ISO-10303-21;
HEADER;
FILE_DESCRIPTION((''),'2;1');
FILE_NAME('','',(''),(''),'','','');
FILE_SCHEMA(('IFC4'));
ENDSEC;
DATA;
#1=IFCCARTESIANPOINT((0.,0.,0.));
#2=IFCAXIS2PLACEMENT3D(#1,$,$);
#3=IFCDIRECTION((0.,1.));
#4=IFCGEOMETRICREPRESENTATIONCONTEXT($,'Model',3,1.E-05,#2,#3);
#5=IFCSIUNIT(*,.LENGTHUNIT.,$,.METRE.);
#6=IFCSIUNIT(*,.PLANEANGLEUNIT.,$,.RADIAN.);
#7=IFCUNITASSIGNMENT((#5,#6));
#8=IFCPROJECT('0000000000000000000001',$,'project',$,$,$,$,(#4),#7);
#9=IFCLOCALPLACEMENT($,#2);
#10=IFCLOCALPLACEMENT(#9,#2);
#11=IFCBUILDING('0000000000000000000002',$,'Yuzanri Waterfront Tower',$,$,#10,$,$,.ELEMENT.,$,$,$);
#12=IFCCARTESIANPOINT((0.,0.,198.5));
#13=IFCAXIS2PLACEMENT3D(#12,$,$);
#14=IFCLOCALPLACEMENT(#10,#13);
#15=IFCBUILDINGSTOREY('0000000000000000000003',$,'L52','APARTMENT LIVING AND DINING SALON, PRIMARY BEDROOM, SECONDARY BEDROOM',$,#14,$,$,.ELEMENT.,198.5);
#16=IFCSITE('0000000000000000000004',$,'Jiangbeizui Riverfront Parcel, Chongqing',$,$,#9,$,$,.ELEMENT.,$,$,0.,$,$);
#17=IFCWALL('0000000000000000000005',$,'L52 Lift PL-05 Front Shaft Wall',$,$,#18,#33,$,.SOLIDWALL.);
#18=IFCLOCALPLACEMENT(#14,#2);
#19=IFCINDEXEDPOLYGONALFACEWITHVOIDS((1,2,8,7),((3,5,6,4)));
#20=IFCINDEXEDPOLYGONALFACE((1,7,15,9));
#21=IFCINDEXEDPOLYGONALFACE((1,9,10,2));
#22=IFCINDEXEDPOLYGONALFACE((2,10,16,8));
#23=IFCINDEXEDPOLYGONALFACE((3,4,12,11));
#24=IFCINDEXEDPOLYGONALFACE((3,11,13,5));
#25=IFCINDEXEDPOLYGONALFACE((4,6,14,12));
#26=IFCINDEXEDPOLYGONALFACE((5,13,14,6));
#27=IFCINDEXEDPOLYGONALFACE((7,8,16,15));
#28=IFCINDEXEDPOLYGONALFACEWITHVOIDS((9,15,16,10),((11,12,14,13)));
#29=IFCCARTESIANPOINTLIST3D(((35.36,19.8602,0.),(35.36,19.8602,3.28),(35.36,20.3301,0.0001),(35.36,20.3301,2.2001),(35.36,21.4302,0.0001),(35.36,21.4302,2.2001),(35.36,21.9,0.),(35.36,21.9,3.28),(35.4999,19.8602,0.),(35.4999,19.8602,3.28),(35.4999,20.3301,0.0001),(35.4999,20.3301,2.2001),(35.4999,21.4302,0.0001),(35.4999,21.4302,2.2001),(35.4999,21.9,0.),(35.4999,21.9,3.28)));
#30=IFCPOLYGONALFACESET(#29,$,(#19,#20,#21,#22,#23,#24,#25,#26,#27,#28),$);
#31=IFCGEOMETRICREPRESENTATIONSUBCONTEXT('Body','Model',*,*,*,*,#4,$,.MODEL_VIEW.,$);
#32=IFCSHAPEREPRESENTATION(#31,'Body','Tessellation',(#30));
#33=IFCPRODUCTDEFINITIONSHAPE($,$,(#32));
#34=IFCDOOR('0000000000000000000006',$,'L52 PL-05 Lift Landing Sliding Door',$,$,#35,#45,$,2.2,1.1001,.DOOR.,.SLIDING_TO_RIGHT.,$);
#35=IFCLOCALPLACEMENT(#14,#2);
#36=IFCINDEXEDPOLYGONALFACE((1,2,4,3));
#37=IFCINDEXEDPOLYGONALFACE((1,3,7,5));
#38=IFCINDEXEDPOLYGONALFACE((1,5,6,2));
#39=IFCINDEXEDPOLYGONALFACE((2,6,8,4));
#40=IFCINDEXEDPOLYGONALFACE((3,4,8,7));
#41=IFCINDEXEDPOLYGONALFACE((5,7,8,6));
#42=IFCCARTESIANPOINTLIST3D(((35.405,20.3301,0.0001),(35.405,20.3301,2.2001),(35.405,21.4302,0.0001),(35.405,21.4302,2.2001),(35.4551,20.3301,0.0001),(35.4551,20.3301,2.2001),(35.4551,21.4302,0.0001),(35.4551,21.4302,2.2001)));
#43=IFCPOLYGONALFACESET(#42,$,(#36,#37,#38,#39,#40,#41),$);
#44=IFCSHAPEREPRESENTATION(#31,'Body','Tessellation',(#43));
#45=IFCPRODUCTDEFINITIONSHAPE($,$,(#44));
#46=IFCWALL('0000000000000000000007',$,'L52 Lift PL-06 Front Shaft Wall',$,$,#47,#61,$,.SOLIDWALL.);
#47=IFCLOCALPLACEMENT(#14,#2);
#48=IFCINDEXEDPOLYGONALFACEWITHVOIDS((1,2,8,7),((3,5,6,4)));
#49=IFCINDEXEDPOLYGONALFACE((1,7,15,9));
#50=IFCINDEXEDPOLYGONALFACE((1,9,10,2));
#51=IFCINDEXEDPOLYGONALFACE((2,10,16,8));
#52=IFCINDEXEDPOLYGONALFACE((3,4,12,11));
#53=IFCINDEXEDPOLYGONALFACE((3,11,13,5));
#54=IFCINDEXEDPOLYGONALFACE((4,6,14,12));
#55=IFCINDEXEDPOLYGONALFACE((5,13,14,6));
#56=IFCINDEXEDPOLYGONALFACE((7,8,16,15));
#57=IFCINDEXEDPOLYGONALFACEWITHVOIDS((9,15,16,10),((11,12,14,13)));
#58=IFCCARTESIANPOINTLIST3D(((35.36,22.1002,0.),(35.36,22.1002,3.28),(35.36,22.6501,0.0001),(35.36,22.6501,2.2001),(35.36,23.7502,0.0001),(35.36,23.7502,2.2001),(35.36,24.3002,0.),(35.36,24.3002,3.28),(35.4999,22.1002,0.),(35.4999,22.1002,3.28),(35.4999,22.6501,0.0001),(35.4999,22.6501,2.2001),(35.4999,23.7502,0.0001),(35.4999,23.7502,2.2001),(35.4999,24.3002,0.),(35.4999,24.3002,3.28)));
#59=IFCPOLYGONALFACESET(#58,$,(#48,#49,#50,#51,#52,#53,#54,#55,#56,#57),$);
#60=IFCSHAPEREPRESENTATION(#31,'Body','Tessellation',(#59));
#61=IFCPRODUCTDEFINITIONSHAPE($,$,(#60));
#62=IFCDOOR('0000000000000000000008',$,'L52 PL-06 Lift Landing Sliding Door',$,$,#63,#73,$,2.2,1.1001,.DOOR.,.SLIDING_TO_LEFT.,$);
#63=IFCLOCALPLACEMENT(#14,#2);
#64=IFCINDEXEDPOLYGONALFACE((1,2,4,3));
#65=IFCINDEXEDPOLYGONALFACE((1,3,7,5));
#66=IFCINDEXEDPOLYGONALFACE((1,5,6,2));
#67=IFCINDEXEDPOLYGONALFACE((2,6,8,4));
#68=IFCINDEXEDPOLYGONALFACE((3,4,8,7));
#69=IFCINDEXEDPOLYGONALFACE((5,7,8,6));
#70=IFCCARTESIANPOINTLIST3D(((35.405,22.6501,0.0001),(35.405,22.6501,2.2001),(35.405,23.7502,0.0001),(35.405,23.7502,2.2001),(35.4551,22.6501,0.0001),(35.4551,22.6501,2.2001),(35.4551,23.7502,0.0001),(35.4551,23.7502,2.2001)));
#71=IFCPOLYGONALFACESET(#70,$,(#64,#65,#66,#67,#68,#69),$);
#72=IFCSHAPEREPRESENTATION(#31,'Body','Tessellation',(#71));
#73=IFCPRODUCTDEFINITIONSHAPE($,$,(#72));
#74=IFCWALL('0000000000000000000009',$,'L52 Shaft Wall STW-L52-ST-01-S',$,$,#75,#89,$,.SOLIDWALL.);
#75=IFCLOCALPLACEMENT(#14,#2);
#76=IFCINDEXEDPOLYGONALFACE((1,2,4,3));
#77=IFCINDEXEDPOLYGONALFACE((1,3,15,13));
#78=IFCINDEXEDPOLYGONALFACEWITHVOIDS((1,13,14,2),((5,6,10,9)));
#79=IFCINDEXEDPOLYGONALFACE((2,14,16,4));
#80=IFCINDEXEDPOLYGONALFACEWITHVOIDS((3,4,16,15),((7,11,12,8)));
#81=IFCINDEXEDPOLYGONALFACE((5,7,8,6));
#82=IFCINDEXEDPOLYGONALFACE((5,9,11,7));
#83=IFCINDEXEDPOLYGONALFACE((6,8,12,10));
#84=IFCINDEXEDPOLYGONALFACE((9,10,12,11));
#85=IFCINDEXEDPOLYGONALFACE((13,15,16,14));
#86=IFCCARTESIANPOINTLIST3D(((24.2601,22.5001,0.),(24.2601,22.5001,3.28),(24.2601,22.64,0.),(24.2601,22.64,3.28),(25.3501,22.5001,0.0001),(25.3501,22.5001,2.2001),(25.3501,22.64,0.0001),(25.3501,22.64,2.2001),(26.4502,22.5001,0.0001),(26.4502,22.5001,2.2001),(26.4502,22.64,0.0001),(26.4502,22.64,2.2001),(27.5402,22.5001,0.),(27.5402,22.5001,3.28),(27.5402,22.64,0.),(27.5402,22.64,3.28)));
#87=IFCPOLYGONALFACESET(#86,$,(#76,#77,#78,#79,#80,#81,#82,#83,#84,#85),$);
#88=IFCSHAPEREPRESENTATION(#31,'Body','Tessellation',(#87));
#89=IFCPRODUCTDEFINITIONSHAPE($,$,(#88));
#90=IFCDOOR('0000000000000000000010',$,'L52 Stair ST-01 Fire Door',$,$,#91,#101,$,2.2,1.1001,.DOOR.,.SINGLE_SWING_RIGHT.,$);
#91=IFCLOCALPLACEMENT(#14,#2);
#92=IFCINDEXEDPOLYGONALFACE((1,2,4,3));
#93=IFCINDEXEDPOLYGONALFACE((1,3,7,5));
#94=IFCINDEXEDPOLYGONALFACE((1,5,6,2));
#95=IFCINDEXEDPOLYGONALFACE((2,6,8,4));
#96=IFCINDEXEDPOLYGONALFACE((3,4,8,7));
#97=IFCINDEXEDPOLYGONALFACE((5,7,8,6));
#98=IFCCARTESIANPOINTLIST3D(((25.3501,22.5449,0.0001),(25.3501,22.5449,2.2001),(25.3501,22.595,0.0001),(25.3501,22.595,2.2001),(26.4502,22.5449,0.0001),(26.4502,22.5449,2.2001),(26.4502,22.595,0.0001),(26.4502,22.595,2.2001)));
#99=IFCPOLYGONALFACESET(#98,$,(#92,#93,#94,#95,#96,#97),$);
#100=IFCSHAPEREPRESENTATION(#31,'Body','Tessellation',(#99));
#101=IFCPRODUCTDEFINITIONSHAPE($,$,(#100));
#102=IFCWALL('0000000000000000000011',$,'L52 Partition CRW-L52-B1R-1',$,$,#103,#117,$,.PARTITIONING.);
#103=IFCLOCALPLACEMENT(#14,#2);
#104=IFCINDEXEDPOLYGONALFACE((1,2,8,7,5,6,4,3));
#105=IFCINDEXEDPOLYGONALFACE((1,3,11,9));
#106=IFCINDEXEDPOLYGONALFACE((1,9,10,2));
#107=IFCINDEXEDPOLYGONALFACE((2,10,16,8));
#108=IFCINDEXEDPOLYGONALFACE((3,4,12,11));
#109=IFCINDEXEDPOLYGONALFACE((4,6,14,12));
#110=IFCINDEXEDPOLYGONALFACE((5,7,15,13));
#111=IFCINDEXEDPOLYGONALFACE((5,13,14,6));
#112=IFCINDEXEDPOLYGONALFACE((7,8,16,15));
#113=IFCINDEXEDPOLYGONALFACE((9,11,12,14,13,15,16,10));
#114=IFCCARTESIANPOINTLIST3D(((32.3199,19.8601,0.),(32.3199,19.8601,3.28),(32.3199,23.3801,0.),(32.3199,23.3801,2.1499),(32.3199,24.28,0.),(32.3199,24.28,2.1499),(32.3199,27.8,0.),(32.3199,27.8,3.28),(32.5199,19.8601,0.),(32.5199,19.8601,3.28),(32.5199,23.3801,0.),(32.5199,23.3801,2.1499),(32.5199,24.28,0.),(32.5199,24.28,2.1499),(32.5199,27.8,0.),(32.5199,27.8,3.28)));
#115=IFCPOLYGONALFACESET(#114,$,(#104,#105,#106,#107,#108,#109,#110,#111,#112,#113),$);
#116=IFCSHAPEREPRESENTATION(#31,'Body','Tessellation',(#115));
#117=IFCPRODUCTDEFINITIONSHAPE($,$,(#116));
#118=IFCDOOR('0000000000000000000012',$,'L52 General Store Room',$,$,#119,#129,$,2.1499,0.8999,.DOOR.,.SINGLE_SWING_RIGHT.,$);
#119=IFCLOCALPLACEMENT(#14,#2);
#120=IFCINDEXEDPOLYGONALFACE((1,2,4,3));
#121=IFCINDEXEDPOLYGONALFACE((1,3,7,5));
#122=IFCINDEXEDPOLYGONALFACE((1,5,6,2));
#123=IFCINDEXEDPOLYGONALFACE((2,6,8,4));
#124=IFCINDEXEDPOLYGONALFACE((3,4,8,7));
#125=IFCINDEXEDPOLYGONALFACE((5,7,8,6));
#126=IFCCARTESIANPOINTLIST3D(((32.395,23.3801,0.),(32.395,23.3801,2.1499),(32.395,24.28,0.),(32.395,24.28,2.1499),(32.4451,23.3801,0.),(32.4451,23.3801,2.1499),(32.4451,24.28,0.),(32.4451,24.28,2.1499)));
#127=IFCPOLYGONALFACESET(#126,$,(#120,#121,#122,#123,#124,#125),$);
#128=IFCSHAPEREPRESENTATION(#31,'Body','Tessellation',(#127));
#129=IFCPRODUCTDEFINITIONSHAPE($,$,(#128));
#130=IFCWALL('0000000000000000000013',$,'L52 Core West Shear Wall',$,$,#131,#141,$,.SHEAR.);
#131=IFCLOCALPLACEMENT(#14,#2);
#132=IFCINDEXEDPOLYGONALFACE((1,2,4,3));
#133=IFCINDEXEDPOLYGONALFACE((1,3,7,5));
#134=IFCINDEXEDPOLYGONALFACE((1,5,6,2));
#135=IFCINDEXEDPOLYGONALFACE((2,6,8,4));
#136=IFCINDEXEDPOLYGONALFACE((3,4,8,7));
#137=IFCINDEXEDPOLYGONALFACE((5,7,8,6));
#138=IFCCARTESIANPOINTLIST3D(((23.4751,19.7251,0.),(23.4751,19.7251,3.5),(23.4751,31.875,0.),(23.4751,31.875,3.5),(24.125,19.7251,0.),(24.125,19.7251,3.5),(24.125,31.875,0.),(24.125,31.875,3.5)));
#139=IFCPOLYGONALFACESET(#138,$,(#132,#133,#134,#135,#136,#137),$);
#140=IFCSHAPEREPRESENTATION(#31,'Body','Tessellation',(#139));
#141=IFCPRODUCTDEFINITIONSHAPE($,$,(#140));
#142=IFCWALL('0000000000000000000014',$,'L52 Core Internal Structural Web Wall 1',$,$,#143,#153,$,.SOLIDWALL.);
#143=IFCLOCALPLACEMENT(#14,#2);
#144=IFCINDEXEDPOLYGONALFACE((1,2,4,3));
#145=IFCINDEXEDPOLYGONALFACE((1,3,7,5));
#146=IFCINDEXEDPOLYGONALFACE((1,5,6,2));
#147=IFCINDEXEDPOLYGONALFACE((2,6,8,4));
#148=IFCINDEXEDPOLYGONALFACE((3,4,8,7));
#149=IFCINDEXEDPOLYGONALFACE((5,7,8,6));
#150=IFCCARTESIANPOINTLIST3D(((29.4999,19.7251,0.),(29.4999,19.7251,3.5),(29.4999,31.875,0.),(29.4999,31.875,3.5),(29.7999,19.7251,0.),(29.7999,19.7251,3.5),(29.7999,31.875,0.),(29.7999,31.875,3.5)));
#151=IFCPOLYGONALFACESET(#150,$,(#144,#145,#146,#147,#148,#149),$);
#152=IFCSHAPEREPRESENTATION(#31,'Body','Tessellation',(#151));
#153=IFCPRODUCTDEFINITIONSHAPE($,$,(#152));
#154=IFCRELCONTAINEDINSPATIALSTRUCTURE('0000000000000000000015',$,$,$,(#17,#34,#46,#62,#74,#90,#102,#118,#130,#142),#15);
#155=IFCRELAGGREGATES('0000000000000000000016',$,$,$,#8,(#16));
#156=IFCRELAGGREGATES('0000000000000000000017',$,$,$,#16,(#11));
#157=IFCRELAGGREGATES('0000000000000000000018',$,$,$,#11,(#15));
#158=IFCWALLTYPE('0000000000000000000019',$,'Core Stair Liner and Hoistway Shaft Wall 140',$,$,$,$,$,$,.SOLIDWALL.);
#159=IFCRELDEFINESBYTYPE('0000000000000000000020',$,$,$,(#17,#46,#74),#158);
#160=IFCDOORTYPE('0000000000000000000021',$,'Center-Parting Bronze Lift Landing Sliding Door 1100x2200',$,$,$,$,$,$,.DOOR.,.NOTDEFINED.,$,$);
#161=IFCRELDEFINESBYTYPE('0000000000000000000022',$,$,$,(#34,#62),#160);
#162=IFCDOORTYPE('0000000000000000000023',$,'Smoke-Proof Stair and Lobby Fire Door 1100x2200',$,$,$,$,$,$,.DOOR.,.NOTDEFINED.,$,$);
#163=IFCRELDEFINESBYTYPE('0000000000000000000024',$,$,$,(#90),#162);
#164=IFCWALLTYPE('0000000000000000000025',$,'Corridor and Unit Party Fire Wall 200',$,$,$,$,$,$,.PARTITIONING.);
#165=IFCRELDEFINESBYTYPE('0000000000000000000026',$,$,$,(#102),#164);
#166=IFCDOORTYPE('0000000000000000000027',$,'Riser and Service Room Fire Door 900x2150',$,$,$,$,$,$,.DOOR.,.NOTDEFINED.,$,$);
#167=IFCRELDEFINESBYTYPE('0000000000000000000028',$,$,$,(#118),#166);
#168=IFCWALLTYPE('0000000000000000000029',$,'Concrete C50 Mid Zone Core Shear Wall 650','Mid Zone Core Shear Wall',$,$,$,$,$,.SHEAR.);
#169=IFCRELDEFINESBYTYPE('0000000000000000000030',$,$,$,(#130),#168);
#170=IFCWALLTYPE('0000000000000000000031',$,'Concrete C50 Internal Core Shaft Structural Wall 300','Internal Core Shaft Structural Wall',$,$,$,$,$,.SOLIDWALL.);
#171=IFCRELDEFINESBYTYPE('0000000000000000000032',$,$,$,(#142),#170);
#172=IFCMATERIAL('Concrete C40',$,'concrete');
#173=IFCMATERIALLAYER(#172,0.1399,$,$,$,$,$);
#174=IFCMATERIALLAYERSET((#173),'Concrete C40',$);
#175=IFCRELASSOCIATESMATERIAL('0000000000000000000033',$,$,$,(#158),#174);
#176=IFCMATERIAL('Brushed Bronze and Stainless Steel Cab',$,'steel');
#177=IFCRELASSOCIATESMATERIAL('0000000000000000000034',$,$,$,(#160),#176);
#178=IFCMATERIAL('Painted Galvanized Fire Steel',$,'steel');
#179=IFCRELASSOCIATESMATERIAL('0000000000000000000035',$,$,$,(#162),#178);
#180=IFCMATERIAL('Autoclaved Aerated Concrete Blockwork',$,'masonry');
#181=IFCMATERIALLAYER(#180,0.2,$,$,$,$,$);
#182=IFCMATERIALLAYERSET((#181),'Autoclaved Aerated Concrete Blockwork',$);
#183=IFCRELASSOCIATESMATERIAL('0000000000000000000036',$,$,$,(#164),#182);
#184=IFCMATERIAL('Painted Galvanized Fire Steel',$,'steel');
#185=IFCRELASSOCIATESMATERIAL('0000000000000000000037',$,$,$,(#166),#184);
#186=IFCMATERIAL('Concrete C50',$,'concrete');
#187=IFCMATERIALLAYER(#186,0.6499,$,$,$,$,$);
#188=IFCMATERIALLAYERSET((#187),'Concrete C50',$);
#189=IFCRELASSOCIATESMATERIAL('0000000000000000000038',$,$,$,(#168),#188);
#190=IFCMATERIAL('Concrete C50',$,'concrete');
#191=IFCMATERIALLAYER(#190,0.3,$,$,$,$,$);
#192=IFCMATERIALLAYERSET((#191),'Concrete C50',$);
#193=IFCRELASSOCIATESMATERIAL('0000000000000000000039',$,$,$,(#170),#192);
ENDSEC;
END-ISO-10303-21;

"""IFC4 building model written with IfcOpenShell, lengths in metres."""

from ifc_helpers import new_model, si_unit, direction, frame, frame_2d, origin, place, context, subcontext, project, spatial, rectangle, extrude, source, transform, mapped, material, layer, layer_set, type_object, element, fill, save


model = new_model("IFC4")

# Units and contexts
model_context = context("Model", 3, precision=1e-05, world=origin(), true_north=direction((0.0, 1.0)))
body_context = subcontext(model_context, "Body", "Model", "MODEL_VIEW")
ifc_project = project(units=[si_unit("LENGTHUNIT", "METRE"), si_unit("PLANEANGLEUNIT", "RADIAN")], contexts=[model_context])

# Site, building, storey
site_placement = place(None, origin())
site = spatial("IfcSite", under=ifc_project, at=site_placement, Name="Jiangbeizui Riverfront Parcel, Chongqing", CompositionType="ELEMENT", RefElevation=0.0)
building_placement = place(site_placement, origin())
building = spatial("IfcBuilding", under=site, at=building_placement, Name="Yuzanri Waterfront Tower", CompositionType="ELEMENT")
storey_placement = place(building_placement, frame((0.0, 0.0, 198.5)))
storey = spatial("IfcBuildingStorey", under=building, at=storey_placement, Name="L52", Description="APARTMENT LIVING AND DINING SALON, PRIMARY BEDROOM, SECONDARY BEDROOM", CompositionType="ELEMENT", Elevation=198.5)

# Walls, openings, doors
ifc_material_1 = material(Name="Concrete C40", Category="concrete")
ifc_layer_1 = layer(ifc_material_1, 0.1399)
ifc_layer_set_1 = layer_set([ifc_layer_1], Name="Concrete C40")
wall_type_1 = type_object("IfcWallType", Name="Core Stair Liner and Hoistway Shaft Wall 140", PredefinedType="SOLIDWALL", material=ifc_layer_set_1)
ifc_material_2 = material(Name="Brushed Bronze and Stainless Steel Cab", Category="steel")
door_type_1 = type_object("IfcDoorType", Name="Center-Parting Bronze Lift Landing Sliding Door 1100x2200", OperationType="NOTDEFINED", PredefinedType="DOOR", material=ifc_material_2)
shared_shape_1 = source(origin(), body_context, "Body", "SweptSolid", [
    extrude(rectangle(XDim=1.1001, YDim=2.2, at=frame_2d((0.55, 1.1001))), frame((0.0, 0.0249, 0.0), z_axis=(0.0, -1.0, 0.0), x_axis=(1.0, 0.0, 0.0)), (0.0, 0.0, 1.0), 0.05),
])
wall_1_placement = place(storey_placement, frame((35.4299, 19.8601, 0.0), z_axis=(0.0, 0.0, 1.0), x_axis=(0.0, 1.0, 0.0)))
wall_1 = element("IfcWall", 1, at=wall_1_placement, inside=storey, type_object=wall_type_1, Name="L52 Lift PL-05 Front Shaft Wall", PredefinedType="SOLIDWALL", context=body_context, shape_type="SweptSolid", body=[
    extrude(rectangle(XDim=2.0398, YDim=0.1399, at=frame_2d((1.02, 0.0))), origin(), (0.0, 0.0, 1.0), 3.28),
])
opening_1_placement = place(wall_1_placement, frame((0.47, 0.0, 0.0)))
opening_1 = element("IfcOpeningElement", 2, at=opening_1_placement, cuts=wall_1, PredefinedType="OPENING", context=body_context, shape_type="SweptSolid", body=[
    extrude(rectangle(XDim=1.1001, YDim=2.2, at=frame_2d((0.55, 1.1001))), frame((0.0, 0.085, 0.0), z_axis=(0.0, -1.0, 0.0), x_axis=(1.0, 0.0, 0.0)), (0.0, 0.0, 1.0), 0.1697),
])
door_1_placement = place(opening_1_placement, origin())
door_1 = element("IfcDoor", 3, at=door_1_placement, inside=storey, type_object=door_type_1, Name="L52 PL-05 Lift Landing Sliding Door", OperationType="SLIDING_TO_RIGHT", OverallHeight=2.2, OverallWidth=1.1001, PredefinedType="DOOR", context=body_context, shape_type="MappedRepresentation", body=[
    mapped(shared_shape_1, transform((0.0, 0.0, 0.0), scale=1.0)),
])
fill(opening_1, door_1)
wall_2_placement = place(storey_placement, frame((35.4299, 22.1001, 0.0), z_axis=(0.0, 0.0, 1.0), x_axis=(0.0, 1.0, 0.0)))
wall_2 = element("IfcWall", 4, at=wall_2_placement, inside=storey, type_object=wall_type_1, Name="L52 Lift PL-06 Front Shaft Wall", PredefinedType="SOLIDWALL", context=body_context, shape_type="SweptSolid", body=[
    extrude(rectangle(XDim=2.2, YDim=0.1399, at=frame_2d((1.1001, 0.0))), origin(), (0.0, 0.0, 1.0), 3.28),
])
opening_2_placement = place(wall_2_placement, frame((0.55, 0.0, 0.0)))
opening_2 = element("IfcOpeningElement", 5, at=opening_2_placement, cuts=wall_2, PredefinedType="OPENING", context=body_context, shape_type="SweptSolid", body=[
    extrude(rectangle(XDim=1.1001, YDim=2.2, at=frame_2d((0.55, 1.1001))), frame((0.0, 0.085, 0.0), z_axis=(0.0, -1.0, 0.0), x_axis=(1.0, 0.0, 0.0)), (0.0, 0.0, 1.0), 0.1697),
])
door_2_placement = place(opening_2_placement, origin())
door_2 = element("IfcDoor", 6, at=door_2_placement, inside=storey, type_object=door_type_1, Name="L52 PL-06 Lift Landing Sliding Door", OperationType="SLIDING_TO_LEFT", OverallHeight=2.2, OverallWidth=1.1001, PredefinedType="DOOR", context=body_context, shape_type="MappedRepresentation", body=[
    mapped(shared_shape_1, transform((0.0, 0.0, 0.0), scale=1.0)),
])
fill(opening_2, door_2)
wall_3_placement = place(storey_placement, frame((24.26, 22.5701, 0.0), z_axis=(0.0, 0.0, 1.0), x_axis=(1.0, 0.0, 0.0)))
wall_3 = element("IfcWall", 7, at=wall_3_placement, inside=storey, type_object=wall_type_1, Name="L52 Shaft Wall STW-L52-ST-01-S", PredefinedType="SOLIDWALL", context=body_context, shape_type="SweptSolid", body=[
    extrude(rectangle(XDim=3.28, YDim=0.1399, at=frame_2d((1.6401, 0.0))), origin(), (0.0, 0.0, 1.0), 3.28),
])
opening_3_placement = place(wall_3_placement, frame((1.0901, 0.0, 0.0)))
opening_3 = element("IfcOpeningElement", 8, at=opening_3_placement, cuts=wall_3, PredefinedType="OPENING", context=body_context, shape_type="SweptSolid", body=[
    extrude(rectangle(XDim=1.1001, YDim=2.2, at=frame_2d((0.55, 1.1001))), frame((0.0, 0.085, 0.0), z_axis=(0.0, -1.0, 0.0), x_axis=(1.0, 0.0, 0.0)), (0.0, 0.0, 1.0), 0.1697),
])
ifc_material_3 = material(Name="Painted Galvanized Fire Steel", Category="steel")
door_type_2 = type_object("IfcDoorType", Name="Smoke-Proof Stair and Lobby Fire Door 1100x2200", OperationType="NOTDEFINED", PredefinedType="DOOR", material=ifc_material_3)
shared_shape_2 = source(origin(), body_context, "Body", "SweptSolid", [
    extrude(rectangle(XDim=1.1001, YDim=2.2, at=frame_2d((0.55, 1.1001))), frame((0.0, 0.0249, 0.0), z_axis=(0.0, -1.0, 0.0), x_axis=(1.0, 0.0, 0.0)), (0.0, 0.0, 1.0), 0.05),
])
door_3_placement = place(opening_3_placement, origin())
door_3 = element("IfcDoor", 9, at=door_3_placement, inside=storey, type_object=door_type_2, Name="L52 Stair ST-01 Fire Door", OperationType="SINGLE_SWING_RIGHT", OverallHeight=2.2, OverallWidth=1.1001, PredefinedType="DOOR", context=body_context, shape_type="MappedRepresentation", body=[
    mapped(shared_shape_2, transform((0.0, 0.0, 0.0), scale=1.0)),
])
fill(opening_3, door_3)
ifc_material_4 = material(Name="Autoclaved Aerated Concrete Blockwork", Category="masonry")
ifc_layer_2 = layer(ifc_material_4, 0.2)
ifc_layer_set_2 = layer_set([ifc_layer_2], Name="Autoclaved Aerated Concrete Blockwork")
wall_type_2 = type_object("IfcWallType", Name="Corridor and Unit Party Fire Wall 200", PredefinedType="PARTITIONING", material=ifc_layer_set_2)
wall_4_placement = place(storey_placement, frame((32.4199, 19.8601, 0.0), z_axis=(0.0, 0.0, 1.0), x_axis=(0.0, 1.0, 0.0)))
wall_4 = element("IfcWall", 10, at=wall_4_placement, inside=storey, type_object=wall_type_2, Name="L52 Partition CRW-L52-B1R-1", PredefinedType="PARTITIONING", context=body_context, shape_type="SweptSolid", body=[
    extrude(rectangle(XDim=7.9399, YDim=0.2, at=frame_2d((3.97, 0.0))), origin(), (0.0, 0.0, 1.0), 3.28),
])
opening_4_placement = place(wall_4_placement, frame((3.52, 0.0, 0.0)))
opening_4 = element("IfcOpeningElement", 11, at=opening_4_placement, cuts=wall_4, PredefinedType="OPENING", context=body_context, shape_type="SweptSolid", body=[
    extrude(rectangle(XDim=0.8999, YDim=2.1499, at=frame_2d((0.45, 1.075))), frame((0.0, 0.1147, 0.0), z_axis=(0.0, -1.0, 0.0), x_axis=(1.0, 0.0, 0.0)), (0.0, 0.0, 1.0), 0.2297),
])
ifc_material_5 = material(Name="Painted Galvanized Fire Steel", Category="steel")
door_type_3 = type_object("IfcDoorType", Name="Riser and Service Room Fire Door 900x2150", OperationType="NOTDEFINED", PredefinedType="DOOR", material=ifc_material_5)
shared_shape_3 = source(origin(), body_context, "Body", "SweptSolid", [
    extrude(rectangle(XDim=0.8999, YDim=2.1499, at=frame_2d((0.45, 1.075))), frame((0.0, 0.0249, 0.0), z_axis=(0.0, -1.0, 0.0), x_axis=(1.0, 0.0, 0.0)), (0.0, 0.0, 1.0), 0.05),
])
door_4_placement = place(opening_4_placement, origin())
door_4 = element("IfcDoor", 12, at=door_4_placement, inside=storey, type_object=door_type_3, Name="L52 General Store Room", OperationType="SINGLE_SWING_RIGHT", OverallHeight=2.1499, OverallWidth=0.8999, PredefinedType="DOOR", context=body_context, shape_type="MappedRepresentation", body=[
    mapped(shared_shape_3, transform((0.0, 0.0, 0.0), scale=1.0)),
])
fill(opening_4, door_4)

# Walls
ifc_material_6 = material(Name="Concrete C50", Category="concrete")
ifc_layer_3 = layer(ifc_material_6, 0.6499)
ifc_layer_set_3 = layer_set([ifc_layer_3], Name="Concrete C50")
wall_type_3 = type_object("IfcWallType", Name="Concrete C50 Mid Zone Core Shear Wall 650", Description="Mid Zone Core Shear Wall", PredefinedType="SHEAR", material=ifc_layer_set_3)
shared_shape_4 = source(origin(), body_context, "Body", "SweptSolid", [
    extrude(rectangle(XDim=12.1499, YDim=0.6499, at=frame_2d((6.075, 0.0))), origin(), (0.0, 0.0, 1.0), 3.5),
])
wall_5_placement = place(storey_placement, frame((23.8, 19.7251, 0.0), z_axis=(0.0, 0.0, 1.0), x_axis=(0.0, 1.0, 0.0)))
element("IfcWall", 13, at=wall_5_placement, inside=storey, type_object=wall_type_3, Name="L52 Core West Shear Wall", PredefinedType="SHEAR", context=body_context, shape_type="MappedRepresentation", body=[
    mapped(shared_shape_4, transform((0.0, 0.0, 0.0), scale=1.0)),
])
ifc_material_7 = material(Name="Concrete C50", Category="concrete")
ifc_layer_4 = layer(ifc_material_7, 0.3)
ifc_layer_set_4 = layer_set([ifc_layer_4], Name="Concrete C50")
wall_type_4 = type_object("IfcWallType", Name="Concrete C50 Internal Core Shaft Structural Wall 300", Description="Internal Core Shaft Structural Wall", PredefinedType="SOLIDWALL", material=ifc_layer_set_4)
shared_shape_5 = source(origin(), body_context, "Body", "SweptSolid", [
    extrude(rectangle(XDim=12.1499, YDim=0.3, at=frame_2d((6.075, 0.0))), origin(), (0.0, 0.0, 1.0), 3.5),
])
wall_6_placement = place(storey_placement, frame((29.6499, 19.7251, 0.0), z_axis=(0.0, 0.0, 1.0), x_axis=(0.0, 1.0, 0.0)))
element("IfcWall", 14, at=wall_6_placement, inside=storey, type_object=wall_type_4, Name="L52 Core Internal Structural Web Wall 1", PredefinedType="SOLIDWALL", context=body_context, shape_type="MappedRepresentation", body=[
    mapped(shared_shape_5, transform((0.0, 0.0, 0.0), scale=1.0)),
])

save(model, "model.ifc")
